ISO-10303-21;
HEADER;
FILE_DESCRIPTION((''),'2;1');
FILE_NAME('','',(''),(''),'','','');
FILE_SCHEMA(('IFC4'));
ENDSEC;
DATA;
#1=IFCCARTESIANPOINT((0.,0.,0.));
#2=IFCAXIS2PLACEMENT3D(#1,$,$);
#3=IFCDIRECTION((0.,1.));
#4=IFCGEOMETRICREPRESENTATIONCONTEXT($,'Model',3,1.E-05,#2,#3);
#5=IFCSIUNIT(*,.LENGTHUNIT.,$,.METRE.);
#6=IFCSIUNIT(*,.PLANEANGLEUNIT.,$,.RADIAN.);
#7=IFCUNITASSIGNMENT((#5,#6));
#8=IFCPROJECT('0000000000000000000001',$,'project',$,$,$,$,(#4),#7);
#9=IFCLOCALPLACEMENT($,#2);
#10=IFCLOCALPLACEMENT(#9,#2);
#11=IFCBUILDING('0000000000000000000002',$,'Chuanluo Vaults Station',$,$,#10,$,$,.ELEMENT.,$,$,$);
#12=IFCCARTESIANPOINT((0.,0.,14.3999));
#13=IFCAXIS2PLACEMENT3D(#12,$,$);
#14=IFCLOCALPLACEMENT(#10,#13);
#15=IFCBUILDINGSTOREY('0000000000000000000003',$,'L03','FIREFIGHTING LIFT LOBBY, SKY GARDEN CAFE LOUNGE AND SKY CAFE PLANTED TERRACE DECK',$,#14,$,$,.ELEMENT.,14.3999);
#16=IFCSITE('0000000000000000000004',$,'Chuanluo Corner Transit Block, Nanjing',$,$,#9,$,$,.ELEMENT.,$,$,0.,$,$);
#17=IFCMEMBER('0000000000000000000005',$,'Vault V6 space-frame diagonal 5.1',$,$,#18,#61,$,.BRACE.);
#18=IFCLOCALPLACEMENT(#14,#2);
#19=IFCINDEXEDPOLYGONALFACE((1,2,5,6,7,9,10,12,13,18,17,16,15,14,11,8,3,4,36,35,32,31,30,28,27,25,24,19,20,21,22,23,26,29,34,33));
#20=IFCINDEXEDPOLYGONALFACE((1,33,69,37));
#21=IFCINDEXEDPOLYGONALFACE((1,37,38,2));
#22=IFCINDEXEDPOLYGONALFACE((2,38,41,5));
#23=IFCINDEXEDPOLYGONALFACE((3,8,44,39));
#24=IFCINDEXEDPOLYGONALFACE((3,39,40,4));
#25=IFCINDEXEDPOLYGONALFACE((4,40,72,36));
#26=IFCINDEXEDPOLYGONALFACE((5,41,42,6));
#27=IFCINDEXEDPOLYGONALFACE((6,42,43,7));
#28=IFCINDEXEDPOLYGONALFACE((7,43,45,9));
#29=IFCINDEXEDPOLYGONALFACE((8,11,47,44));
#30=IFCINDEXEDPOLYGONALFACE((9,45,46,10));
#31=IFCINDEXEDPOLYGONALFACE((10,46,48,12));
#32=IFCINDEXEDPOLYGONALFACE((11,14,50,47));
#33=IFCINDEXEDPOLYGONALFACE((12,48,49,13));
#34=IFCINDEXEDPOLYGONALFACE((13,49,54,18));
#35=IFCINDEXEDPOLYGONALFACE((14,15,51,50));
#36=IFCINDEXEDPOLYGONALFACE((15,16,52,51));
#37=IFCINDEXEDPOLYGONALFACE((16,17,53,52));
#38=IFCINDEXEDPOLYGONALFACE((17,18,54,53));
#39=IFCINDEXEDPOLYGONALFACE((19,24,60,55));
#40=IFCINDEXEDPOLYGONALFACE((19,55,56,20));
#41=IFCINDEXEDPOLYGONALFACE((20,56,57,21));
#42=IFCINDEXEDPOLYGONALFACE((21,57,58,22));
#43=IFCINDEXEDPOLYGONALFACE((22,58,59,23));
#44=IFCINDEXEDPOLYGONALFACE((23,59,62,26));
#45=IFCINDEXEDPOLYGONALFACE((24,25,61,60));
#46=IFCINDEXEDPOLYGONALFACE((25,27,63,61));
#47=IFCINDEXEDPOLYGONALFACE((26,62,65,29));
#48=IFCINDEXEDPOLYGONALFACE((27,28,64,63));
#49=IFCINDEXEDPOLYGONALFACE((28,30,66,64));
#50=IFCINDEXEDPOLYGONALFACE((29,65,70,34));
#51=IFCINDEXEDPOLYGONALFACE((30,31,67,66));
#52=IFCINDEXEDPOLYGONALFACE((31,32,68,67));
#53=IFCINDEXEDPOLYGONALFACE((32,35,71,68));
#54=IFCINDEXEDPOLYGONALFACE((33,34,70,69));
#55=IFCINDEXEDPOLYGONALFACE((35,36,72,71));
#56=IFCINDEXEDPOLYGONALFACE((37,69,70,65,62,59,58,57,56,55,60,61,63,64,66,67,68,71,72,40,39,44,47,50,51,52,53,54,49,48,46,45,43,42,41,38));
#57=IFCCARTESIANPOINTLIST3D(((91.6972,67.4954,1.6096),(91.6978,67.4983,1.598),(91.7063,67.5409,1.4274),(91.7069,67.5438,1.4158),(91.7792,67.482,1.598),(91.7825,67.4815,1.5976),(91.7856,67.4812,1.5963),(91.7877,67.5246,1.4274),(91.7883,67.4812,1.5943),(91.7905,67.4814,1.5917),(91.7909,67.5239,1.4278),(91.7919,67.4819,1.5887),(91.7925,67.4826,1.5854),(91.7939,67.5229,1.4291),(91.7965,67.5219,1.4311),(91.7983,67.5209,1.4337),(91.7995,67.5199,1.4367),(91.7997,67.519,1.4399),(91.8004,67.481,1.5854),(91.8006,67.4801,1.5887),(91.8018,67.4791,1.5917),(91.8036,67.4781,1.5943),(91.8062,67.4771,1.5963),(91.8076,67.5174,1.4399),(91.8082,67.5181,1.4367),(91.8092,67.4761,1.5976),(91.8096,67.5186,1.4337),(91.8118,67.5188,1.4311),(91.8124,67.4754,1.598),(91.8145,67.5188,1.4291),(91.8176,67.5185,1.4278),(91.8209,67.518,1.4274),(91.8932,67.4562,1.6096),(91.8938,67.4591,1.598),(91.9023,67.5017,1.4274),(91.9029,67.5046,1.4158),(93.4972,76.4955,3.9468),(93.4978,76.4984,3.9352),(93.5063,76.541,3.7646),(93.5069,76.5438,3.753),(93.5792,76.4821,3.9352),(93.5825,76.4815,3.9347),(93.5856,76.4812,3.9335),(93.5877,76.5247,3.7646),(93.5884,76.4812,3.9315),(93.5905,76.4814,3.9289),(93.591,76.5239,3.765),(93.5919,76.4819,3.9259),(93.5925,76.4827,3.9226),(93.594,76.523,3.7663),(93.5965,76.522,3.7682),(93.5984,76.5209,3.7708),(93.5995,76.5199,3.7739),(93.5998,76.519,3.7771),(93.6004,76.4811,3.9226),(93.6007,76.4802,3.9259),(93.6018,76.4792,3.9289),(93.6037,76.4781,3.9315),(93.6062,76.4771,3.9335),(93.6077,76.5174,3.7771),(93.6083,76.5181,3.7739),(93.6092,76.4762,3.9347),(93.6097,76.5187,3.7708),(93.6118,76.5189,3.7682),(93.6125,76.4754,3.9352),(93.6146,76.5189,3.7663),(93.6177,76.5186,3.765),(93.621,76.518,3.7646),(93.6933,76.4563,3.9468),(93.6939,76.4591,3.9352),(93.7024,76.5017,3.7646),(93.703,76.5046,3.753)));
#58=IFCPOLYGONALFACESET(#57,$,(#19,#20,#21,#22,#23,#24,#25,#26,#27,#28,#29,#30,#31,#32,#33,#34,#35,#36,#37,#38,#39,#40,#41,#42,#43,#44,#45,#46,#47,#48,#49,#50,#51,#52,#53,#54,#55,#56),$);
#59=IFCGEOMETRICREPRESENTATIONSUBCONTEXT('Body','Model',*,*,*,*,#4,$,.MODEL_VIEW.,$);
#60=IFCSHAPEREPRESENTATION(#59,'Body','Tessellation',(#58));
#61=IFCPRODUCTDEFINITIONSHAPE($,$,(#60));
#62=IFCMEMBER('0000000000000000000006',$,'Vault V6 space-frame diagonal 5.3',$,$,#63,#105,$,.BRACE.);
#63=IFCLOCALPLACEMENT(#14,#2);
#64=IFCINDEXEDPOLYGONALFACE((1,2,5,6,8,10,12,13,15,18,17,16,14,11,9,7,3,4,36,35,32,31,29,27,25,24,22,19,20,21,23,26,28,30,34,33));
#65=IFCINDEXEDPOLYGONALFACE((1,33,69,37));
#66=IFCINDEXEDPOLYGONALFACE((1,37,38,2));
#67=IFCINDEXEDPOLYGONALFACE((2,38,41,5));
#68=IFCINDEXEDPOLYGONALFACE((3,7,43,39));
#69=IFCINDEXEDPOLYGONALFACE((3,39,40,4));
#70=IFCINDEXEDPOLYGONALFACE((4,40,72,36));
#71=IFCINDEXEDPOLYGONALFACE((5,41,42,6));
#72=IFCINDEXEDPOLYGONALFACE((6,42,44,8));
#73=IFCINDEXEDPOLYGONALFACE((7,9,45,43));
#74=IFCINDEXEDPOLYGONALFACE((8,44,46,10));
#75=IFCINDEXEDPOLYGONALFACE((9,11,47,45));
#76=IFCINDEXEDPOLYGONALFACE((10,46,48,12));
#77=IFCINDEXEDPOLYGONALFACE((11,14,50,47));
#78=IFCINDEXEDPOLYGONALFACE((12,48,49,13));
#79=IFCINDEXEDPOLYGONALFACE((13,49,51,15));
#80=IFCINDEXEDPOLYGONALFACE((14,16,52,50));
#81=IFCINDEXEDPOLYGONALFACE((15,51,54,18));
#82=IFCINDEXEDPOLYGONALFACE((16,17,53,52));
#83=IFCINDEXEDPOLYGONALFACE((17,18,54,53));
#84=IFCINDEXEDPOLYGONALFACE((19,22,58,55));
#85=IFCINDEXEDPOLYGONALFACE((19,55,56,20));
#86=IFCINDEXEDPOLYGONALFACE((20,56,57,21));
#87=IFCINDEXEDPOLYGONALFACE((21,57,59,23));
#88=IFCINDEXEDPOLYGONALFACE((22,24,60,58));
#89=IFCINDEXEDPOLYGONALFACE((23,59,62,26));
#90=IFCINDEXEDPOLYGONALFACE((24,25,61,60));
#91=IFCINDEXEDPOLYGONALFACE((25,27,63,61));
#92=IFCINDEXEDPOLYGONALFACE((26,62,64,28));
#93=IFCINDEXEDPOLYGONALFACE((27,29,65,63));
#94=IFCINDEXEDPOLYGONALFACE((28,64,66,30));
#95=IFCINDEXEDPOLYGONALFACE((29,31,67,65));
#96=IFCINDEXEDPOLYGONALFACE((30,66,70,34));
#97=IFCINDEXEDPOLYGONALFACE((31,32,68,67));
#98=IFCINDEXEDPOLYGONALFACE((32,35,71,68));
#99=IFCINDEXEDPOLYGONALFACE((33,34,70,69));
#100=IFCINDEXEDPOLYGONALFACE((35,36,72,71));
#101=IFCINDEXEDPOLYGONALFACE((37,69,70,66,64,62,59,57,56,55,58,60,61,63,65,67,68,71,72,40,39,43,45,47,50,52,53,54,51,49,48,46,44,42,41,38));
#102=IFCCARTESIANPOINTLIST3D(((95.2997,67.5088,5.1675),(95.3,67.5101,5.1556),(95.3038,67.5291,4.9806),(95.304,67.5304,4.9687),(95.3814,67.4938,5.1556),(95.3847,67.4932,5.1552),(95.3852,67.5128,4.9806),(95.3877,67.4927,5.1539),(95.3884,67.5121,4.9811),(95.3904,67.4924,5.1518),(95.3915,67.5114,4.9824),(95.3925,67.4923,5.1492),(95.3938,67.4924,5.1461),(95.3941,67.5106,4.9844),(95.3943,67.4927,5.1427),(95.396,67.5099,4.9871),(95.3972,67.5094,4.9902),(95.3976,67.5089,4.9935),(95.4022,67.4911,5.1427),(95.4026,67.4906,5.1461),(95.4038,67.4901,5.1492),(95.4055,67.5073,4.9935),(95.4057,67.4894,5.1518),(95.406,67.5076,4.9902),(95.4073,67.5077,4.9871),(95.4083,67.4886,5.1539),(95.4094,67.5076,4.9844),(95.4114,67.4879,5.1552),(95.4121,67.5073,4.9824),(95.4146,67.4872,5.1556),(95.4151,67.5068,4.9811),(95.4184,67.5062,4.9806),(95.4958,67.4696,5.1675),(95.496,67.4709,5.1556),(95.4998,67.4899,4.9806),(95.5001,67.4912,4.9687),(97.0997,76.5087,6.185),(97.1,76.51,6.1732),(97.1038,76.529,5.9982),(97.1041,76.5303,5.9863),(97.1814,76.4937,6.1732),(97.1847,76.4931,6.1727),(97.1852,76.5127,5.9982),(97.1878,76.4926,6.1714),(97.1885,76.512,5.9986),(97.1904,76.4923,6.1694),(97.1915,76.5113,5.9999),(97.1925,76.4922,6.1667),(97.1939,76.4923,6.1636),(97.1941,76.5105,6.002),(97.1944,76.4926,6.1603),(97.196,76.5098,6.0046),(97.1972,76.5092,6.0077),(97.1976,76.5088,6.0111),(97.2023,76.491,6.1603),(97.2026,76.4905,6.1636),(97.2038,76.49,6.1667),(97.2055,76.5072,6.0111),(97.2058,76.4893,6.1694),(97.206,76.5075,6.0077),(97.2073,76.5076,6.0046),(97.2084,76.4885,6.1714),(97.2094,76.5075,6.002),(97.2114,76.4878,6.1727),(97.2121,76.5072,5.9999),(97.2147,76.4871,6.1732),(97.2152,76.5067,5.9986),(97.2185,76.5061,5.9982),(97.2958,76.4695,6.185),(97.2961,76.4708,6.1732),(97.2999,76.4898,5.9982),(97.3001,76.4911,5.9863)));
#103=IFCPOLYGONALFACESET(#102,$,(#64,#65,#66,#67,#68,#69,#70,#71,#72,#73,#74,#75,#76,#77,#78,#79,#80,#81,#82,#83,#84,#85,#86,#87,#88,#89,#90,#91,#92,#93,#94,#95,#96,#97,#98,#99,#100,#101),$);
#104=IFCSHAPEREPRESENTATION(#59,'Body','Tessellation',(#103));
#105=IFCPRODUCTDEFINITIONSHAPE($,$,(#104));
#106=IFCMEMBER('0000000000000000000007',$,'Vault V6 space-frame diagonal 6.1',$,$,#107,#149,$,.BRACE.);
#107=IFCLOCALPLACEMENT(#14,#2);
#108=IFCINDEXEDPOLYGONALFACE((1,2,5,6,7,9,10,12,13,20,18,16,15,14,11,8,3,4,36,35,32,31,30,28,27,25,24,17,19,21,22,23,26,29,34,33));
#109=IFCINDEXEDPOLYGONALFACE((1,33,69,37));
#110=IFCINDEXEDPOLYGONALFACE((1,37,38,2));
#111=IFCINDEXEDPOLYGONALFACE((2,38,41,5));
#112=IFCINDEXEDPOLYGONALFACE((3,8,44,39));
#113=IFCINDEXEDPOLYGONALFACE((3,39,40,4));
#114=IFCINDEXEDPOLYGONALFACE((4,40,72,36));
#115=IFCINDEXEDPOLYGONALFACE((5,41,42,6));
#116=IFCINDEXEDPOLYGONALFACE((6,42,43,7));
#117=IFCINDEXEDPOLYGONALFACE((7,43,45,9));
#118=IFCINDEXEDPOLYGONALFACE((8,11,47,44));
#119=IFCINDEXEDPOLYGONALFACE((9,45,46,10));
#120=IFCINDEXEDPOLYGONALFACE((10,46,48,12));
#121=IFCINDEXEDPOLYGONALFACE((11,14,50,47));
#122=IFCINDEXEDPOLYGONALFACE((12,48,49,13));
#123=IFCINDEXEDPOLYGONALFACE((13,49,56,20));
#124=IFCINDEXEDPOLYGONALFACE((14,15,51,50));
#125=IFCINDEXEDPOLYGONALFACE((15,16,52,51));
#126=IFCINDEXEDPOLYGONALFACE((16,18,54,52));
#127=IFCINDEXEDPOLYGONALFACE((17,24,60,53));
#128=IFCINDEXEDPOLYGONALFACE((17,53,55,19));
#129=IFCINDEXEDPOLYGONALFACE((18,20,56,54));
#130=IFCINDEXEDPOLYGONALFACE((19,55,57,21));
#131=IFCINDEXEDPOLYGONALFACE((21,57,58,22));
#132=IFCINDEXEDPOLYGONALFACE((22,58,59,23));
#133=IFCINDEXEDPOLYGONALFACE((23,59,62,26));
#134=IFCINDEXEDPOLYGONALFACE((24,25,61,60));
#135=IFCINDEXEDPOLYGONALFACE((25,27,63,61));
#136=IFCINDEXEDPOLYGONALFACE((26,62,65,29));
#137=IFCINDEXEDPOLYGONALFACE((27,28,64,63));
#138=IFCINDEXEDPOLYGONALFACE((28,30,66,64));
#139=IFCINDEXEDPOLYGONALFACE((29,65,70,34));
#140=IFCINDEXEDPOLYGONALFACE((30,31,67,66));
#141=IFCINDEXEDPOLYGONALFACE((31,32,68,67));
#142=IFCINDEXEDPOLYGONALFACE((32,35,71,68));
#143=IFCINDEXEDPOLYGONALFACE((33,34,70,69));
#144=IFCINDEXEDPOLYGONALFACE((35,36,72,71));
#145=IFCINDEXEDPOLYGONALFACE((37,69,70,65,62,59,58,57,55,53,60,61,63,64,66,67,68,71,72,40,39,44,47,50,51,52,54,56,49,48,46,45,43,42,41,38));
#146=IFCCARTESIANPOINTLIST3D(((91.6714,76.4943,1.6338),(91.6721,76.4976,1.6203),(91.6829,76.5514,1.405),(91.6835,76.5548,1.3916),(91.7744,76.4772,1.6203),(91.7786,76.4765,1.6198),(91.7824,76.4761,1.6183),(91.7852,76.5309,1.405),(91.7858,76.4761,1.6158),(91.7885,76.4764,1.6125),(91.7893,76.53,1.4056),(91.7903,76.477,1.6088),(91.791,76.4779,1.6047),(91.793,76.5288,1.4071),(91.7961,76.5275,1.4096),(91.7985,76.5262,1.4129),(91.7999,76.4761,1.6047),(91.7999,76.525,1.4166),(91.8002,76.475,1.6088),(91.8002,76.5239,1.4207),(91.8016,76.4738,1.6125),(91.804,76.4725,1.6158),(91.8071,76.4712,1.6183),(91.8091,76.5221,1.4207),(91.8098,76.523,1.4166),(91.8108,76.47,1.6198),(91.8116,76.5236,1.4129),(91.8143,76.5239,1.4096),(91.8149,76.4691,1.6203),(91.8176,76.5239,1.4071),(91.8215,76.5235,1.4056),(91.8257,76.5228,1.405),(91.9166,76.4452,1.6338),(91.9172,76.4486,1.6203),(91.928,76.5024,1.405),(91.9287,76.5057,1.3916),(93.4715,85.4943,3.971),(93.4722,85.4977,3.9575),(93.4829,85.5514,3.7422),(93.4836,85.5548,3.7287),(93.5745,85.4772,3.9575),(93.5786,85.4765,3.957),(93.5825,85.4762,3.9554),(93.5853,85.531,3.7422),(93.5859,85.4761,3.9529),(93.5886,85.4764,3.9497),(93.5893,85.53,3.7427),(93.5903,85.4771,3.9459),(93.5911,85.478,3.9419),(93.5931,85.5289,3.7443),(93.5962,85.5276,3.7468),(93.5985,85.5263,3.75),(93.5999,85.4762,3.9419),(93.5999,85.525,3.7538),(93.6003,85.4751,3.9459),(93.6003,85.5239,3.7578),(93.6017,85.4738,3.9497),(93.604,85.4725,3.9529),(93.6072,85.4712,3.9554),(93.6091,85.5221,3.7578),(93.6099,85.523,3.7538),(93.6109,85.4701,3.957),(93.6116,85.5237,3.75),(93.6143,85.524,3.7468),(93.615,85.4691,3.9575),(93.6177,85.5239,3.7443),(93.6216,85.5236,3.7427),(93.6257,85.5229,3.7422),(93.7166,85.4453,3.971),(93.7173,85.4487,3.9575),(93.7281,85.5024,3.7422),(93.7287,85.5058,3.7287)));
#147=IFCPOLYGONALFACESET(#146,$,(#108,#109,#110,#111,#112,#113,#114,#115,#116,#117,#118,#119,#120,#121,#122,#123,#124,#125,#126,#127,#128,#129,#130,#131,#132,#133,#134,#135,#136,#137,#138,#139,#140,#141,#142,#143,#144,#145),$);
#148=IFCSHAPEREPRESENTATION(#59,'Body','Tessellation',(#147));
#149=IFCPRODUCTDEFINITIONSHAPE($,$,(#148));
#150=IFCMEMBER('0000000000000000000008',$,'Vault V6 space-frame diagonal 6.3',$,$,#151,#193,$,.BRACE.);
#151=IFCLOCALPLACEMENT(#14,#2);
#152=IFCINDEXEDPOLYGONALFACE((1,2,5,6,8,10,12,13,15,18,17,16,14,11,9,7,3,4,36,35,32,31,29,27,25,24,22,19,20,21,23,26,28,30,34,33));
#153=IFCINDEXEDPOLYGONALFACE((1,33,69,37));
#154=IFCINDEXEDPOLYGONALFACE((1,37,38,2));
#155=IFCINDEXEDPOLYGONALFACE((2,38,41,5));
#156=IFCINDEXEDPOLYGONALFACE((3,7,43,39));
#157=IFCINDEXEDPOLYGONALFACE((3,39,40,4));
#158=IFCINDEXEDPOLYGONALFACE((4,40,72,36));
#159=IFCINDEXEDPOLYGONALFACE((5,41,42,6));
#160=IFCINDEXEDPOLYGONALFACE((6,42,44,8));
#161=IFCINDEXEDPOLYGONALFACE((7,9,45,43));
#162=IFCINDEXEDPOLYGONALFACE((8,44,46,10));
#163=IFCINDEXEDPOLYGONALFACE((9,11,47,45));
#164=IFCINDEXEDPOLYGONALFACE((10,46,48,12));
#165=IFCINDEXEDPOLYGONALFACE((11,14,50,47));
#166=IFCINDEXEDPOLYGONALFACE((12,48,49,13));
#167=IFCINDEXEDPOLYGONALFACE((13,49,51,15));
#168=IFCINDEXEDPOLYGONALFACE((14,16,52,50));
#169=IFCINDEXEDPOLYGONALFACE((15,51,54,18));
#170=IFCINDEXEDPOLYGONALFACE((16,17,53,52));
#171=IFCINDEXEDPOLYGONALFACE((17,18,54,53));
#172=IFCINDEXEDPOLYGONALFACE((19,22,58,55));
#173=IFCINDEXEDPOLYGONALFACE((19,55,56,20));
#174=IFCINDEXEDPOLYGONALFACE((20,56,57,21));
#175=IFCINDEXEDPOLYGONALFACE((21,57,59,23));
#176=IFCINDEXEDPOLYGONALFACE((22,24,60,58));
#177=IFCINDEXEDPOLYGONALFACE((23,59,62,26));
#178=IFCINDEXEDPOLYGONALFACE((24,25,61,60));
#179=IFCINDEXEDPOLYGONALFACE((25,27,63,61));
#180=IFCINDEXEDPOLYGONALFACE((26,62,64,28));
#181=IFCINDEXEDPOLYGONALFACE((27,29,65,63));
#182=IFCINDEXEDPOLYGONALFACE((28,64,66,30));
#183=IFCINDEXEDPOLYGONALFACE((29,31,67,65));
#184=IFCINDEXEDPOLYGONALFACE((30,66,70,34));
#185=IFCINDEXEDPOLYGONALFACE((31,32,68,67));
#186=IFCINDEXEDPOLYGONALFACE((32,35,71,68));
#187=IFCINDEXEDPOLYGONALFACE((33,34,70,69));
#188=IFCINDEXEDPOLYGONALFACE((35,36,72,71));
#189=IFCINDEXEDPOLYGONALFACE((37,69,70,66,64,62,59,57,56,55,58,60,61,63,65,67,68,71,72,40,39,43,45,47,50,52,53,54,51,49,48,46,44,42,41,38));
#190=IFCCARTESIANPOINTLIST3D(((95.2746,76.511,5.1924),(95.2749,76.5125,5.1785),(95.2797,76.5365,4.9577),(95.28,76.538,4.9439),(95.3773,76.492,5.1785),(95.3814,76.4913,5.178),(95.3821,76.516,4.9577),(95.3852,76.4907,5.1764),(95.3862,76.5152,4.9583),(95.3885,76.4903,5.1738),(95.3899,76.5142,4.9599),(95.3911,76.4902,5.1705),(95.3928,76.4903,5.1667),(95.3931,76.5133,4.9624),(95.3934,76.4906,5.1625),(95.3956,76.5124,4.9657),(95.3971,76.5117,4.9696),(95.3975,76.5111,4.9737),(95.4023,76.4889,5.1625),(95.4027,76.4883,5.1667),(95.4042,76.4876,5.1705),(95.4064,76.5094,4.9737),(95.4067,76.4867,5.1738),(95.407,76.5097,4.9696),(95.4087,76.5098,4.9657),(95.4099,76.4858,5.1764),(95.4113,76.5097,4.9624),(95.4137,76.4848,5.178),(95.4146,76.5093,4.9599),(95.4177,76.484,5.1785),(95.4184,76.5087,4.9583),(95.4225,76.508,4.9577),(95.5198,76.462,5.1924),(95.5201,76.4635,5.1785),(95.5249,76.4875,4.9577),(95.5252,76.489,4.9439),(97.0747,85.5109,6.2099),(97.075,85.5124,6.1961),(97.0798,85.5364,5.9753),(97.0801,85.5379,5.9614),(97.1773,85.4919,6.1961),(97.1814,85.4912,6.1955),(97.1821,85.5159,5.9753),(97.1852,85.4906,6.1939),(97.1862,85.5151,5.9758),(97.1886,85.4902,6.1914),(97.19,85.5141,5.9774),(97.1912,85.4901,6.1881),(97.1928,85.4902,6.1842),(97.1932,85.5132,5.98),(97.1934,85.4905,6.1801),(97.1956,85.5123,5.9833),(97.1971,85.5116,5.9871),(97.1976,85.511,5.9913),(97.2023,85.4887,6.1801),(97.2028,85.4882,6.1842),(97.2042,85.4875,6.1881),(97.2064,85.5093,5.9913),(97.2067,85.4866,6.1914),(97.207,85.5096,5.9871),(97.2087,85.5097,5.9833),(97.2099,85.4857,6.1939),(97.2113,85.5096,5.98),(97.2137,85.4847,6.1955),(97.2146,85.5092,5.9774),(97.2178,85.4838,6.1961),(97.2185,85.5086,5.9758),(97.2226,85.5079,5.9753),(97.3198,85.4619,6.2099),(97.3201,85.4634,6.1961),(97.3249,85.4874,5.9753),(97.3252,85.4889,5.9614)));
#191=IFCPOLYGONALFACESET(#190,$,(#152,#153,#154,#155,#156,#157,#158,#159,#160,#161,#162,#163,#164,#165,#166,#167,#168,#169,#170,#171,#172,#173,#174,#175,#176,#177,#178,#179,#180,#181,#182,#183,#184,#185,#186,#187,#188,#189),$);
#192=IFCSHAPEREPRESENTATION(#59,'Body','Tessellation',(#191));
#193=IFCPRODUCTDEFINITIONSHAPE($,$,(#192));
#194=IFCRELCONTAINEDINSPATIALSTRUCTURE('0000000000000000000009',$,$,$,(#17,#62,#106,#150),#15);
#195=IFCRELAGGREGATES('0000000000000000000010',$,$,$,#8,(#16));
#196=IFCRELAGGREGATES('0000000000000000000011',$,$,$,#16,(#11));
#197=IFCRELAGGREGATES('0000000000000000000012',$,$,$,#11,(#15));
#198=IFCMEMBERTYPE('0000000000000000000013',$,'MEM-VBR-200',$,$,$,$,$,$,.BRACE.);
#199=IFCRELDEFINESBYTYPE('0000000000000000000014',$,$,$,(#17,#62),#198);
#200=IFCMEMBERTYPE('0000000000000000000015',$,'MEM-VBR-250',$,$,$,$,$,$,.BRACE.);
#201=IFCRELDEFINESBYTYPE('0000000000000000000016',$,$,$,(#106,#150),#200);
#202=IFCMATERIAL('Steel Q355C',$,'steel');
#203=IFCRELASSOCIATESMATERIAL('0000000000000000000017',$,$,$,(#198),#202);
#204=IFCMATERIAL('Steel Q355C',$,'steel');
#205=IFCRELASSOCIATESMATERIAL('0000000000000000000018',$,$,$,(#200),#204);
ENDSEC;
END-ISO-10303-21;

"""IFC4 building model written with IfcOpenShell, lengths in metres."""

from ifc_helpers import new_model, si_unit, direction, frame, origin, origin_2d, place, context, subcontext, project, spatial, i_section, extrude, material, material_profile, profile_set, type_object, element, save


model = new_model("IFC4")

# Units and contexts
model_context = context("Model", 3, precision=1e-05, world=origin(), true_north=direction((0.0, 1.0)))
body_context = subcontext(model_context, "Body", "Model", "MODEL_VIEW")
ifc_project = project(units=[si_unit("LENGTHUNIT", "METRE"), si_unit("PLANEANGLEUNIT", "RADIAN")], contexts=[model_context])

# Site, building, storey
site_placement = place(None, origin())
site = spatial("IfcSite", under=ifc_project, at=site_placement, Name="Chuanluo Corner Transit Block, Nanjing", CompositionType="ELEMENT", RefElevation=0.0)
building_placement = place(site_placement, origin())
building = spatial("IfcBuilding", under=site, at=building_placement, Name="Chuanluo Vaults Station", CompositionType="ELEMENT")
storey_placement = place(building_placement, frame((0.0, 0.0, 14.3999)))
storey = spatial("IfcBuildingStorey", under=building, at=storey_placement, Name="L03", Description="FIREFIGHTING LIFT LOBBY, SKY GARDEN CAFE LOUNGE AND SKY CAFE PLANTED TERRACE DECK", CompositionType="ELEMENT", Elevation=14.3999)

# Members
ifc_material_1 = material(Name="Steel Q355C", Category="steel")
ifc_material_profile_1 = material_profile(ifc_material_1, i_section(OverallWidth=0.2, OverallDepth=0.2, WebThickness=0.0081, FlangeThickness=0.012, FilletRadius=0.0129, at=origin_2d()))
ifc_profile_set_1 = profile_set([ifc_material_profile_1], Name="Steel Q355C")
member_type_1 = type_object("IfcMemberType", Name="MEM-VBR-200", PredefinedType="BRACE", material=ifc_profile_set_1)
member_1_placement = place(storey_placement, frame((91.8, 67.5, 1.5127), z_axis=(0.190056, 0.950255, 0.246766), x_axis=(-0.98058, 0.196121, 0.0)))
element("IfcMember", 1, at=member_1_placement, inside=storey, type_object=member_type_1, Name="Vault V6 space-frame diagonal 5.1", PredefinedType="BRACE", context=body_context, shape_type="SweptSolid", body=[
    extrude(i_section(OverallWidth=0.2, OverallDepth=0.2, WebThickness=0.0081, FlangeThickness=0.012, FilletRadius=0.0129, at=origin_2d()), origin(), (0.0, 0.0, 1.0), 9.4712),
])
member_2_placement = place(storey_placement, frame((95.3999, 67.5, 5.0681), z_axis=(0.194927, 0.974608, 0.110193), x_axis=(-0.98058, 0.196121, 0.0)))
element("IfcMember", 2, at=member_2_placement, inside=storey, type_object=member_type_1, Name="Vault V6 space-frame diagonal 5.3", PredefinedType="BRACE", context=body_context, shape_type="SweptSolid", body=[
    extrude(i_section(OverallWidth=0.2, OverallDepth=0.2, WebThickness=0.0081, FlangeThickness=0.012, FilletRadius=0.0129, at=origin_2d()), origin(), (0.0, 0.0, 1.0), 9.2344),
])
ifc_material_2 = material(Name="Steel Q355C", Category="steel")
ifc_material_profile_2 = material_profile(ifc_material_2, i_section(OverallWidth=0.25, OverallDepth=0.25, WebThickness=0.009, FlangeThickness=0.0139, FilletRadius=0.0161, at=origin_2d()))
ifc_profile_set_2 = profile_set([ifc_material_profile_2], Name="Steel Q355C")
member_type_2 = type_object("IfcMemberType", Name="MEM-VBR-250", PredefinedType="BRACE", material=ifc_profile_set_2)
member_3_placement = place(storey_placement, frame((91.8, 76.5, 1.5127), z_axis=(0.190056, 0.950255, 0.246766), x_axis=(-0.98058, 0.196121, 0.0)))
element("IfcMember", 3, at=member_3_placement, inside=storey, type_object=member_type_2, Name="Vault V6 space-frame diagonal 6.1", PredefinedType="BRACE", context=body_context, shape_type="SweptSolid", body=[
    extrude(i_section(OverallWidth=0.25, OverallDepth=0.25, WebThickness=0.009, FlangeThickness=0.0139, FilletRadius=0.0161, at=origin_2d()), origin(), (0.0, 0.0, 1.0), 9.4712),
])
member_4_placement = place(storey_placement, frame((95.3999, 76.5, 5.0681), z_axis=(0.194927, 0.974608, 0.110193), x_axis=(-0.98058, 0.196121, 0.0)))
element("IfcMember", 4, at=member_4_placement, inside=storey, type_object=member_type_2, Name="Vault V6 space-frame diagonal 6.3", PredefinedType="BRACE", context=body_context, shape_type="SweptSolid", body=[
    extrude(i_section(OverallWidth=0.25, OverallDepth=0.25, WebThickness=0.009, FlangeThickness=0.0139, FilletRadius=0.0161, at=origin_2d()), origin(), (0.0, 0.0, 1.0), 9.2344),
])

save(model, "model.ifc")
